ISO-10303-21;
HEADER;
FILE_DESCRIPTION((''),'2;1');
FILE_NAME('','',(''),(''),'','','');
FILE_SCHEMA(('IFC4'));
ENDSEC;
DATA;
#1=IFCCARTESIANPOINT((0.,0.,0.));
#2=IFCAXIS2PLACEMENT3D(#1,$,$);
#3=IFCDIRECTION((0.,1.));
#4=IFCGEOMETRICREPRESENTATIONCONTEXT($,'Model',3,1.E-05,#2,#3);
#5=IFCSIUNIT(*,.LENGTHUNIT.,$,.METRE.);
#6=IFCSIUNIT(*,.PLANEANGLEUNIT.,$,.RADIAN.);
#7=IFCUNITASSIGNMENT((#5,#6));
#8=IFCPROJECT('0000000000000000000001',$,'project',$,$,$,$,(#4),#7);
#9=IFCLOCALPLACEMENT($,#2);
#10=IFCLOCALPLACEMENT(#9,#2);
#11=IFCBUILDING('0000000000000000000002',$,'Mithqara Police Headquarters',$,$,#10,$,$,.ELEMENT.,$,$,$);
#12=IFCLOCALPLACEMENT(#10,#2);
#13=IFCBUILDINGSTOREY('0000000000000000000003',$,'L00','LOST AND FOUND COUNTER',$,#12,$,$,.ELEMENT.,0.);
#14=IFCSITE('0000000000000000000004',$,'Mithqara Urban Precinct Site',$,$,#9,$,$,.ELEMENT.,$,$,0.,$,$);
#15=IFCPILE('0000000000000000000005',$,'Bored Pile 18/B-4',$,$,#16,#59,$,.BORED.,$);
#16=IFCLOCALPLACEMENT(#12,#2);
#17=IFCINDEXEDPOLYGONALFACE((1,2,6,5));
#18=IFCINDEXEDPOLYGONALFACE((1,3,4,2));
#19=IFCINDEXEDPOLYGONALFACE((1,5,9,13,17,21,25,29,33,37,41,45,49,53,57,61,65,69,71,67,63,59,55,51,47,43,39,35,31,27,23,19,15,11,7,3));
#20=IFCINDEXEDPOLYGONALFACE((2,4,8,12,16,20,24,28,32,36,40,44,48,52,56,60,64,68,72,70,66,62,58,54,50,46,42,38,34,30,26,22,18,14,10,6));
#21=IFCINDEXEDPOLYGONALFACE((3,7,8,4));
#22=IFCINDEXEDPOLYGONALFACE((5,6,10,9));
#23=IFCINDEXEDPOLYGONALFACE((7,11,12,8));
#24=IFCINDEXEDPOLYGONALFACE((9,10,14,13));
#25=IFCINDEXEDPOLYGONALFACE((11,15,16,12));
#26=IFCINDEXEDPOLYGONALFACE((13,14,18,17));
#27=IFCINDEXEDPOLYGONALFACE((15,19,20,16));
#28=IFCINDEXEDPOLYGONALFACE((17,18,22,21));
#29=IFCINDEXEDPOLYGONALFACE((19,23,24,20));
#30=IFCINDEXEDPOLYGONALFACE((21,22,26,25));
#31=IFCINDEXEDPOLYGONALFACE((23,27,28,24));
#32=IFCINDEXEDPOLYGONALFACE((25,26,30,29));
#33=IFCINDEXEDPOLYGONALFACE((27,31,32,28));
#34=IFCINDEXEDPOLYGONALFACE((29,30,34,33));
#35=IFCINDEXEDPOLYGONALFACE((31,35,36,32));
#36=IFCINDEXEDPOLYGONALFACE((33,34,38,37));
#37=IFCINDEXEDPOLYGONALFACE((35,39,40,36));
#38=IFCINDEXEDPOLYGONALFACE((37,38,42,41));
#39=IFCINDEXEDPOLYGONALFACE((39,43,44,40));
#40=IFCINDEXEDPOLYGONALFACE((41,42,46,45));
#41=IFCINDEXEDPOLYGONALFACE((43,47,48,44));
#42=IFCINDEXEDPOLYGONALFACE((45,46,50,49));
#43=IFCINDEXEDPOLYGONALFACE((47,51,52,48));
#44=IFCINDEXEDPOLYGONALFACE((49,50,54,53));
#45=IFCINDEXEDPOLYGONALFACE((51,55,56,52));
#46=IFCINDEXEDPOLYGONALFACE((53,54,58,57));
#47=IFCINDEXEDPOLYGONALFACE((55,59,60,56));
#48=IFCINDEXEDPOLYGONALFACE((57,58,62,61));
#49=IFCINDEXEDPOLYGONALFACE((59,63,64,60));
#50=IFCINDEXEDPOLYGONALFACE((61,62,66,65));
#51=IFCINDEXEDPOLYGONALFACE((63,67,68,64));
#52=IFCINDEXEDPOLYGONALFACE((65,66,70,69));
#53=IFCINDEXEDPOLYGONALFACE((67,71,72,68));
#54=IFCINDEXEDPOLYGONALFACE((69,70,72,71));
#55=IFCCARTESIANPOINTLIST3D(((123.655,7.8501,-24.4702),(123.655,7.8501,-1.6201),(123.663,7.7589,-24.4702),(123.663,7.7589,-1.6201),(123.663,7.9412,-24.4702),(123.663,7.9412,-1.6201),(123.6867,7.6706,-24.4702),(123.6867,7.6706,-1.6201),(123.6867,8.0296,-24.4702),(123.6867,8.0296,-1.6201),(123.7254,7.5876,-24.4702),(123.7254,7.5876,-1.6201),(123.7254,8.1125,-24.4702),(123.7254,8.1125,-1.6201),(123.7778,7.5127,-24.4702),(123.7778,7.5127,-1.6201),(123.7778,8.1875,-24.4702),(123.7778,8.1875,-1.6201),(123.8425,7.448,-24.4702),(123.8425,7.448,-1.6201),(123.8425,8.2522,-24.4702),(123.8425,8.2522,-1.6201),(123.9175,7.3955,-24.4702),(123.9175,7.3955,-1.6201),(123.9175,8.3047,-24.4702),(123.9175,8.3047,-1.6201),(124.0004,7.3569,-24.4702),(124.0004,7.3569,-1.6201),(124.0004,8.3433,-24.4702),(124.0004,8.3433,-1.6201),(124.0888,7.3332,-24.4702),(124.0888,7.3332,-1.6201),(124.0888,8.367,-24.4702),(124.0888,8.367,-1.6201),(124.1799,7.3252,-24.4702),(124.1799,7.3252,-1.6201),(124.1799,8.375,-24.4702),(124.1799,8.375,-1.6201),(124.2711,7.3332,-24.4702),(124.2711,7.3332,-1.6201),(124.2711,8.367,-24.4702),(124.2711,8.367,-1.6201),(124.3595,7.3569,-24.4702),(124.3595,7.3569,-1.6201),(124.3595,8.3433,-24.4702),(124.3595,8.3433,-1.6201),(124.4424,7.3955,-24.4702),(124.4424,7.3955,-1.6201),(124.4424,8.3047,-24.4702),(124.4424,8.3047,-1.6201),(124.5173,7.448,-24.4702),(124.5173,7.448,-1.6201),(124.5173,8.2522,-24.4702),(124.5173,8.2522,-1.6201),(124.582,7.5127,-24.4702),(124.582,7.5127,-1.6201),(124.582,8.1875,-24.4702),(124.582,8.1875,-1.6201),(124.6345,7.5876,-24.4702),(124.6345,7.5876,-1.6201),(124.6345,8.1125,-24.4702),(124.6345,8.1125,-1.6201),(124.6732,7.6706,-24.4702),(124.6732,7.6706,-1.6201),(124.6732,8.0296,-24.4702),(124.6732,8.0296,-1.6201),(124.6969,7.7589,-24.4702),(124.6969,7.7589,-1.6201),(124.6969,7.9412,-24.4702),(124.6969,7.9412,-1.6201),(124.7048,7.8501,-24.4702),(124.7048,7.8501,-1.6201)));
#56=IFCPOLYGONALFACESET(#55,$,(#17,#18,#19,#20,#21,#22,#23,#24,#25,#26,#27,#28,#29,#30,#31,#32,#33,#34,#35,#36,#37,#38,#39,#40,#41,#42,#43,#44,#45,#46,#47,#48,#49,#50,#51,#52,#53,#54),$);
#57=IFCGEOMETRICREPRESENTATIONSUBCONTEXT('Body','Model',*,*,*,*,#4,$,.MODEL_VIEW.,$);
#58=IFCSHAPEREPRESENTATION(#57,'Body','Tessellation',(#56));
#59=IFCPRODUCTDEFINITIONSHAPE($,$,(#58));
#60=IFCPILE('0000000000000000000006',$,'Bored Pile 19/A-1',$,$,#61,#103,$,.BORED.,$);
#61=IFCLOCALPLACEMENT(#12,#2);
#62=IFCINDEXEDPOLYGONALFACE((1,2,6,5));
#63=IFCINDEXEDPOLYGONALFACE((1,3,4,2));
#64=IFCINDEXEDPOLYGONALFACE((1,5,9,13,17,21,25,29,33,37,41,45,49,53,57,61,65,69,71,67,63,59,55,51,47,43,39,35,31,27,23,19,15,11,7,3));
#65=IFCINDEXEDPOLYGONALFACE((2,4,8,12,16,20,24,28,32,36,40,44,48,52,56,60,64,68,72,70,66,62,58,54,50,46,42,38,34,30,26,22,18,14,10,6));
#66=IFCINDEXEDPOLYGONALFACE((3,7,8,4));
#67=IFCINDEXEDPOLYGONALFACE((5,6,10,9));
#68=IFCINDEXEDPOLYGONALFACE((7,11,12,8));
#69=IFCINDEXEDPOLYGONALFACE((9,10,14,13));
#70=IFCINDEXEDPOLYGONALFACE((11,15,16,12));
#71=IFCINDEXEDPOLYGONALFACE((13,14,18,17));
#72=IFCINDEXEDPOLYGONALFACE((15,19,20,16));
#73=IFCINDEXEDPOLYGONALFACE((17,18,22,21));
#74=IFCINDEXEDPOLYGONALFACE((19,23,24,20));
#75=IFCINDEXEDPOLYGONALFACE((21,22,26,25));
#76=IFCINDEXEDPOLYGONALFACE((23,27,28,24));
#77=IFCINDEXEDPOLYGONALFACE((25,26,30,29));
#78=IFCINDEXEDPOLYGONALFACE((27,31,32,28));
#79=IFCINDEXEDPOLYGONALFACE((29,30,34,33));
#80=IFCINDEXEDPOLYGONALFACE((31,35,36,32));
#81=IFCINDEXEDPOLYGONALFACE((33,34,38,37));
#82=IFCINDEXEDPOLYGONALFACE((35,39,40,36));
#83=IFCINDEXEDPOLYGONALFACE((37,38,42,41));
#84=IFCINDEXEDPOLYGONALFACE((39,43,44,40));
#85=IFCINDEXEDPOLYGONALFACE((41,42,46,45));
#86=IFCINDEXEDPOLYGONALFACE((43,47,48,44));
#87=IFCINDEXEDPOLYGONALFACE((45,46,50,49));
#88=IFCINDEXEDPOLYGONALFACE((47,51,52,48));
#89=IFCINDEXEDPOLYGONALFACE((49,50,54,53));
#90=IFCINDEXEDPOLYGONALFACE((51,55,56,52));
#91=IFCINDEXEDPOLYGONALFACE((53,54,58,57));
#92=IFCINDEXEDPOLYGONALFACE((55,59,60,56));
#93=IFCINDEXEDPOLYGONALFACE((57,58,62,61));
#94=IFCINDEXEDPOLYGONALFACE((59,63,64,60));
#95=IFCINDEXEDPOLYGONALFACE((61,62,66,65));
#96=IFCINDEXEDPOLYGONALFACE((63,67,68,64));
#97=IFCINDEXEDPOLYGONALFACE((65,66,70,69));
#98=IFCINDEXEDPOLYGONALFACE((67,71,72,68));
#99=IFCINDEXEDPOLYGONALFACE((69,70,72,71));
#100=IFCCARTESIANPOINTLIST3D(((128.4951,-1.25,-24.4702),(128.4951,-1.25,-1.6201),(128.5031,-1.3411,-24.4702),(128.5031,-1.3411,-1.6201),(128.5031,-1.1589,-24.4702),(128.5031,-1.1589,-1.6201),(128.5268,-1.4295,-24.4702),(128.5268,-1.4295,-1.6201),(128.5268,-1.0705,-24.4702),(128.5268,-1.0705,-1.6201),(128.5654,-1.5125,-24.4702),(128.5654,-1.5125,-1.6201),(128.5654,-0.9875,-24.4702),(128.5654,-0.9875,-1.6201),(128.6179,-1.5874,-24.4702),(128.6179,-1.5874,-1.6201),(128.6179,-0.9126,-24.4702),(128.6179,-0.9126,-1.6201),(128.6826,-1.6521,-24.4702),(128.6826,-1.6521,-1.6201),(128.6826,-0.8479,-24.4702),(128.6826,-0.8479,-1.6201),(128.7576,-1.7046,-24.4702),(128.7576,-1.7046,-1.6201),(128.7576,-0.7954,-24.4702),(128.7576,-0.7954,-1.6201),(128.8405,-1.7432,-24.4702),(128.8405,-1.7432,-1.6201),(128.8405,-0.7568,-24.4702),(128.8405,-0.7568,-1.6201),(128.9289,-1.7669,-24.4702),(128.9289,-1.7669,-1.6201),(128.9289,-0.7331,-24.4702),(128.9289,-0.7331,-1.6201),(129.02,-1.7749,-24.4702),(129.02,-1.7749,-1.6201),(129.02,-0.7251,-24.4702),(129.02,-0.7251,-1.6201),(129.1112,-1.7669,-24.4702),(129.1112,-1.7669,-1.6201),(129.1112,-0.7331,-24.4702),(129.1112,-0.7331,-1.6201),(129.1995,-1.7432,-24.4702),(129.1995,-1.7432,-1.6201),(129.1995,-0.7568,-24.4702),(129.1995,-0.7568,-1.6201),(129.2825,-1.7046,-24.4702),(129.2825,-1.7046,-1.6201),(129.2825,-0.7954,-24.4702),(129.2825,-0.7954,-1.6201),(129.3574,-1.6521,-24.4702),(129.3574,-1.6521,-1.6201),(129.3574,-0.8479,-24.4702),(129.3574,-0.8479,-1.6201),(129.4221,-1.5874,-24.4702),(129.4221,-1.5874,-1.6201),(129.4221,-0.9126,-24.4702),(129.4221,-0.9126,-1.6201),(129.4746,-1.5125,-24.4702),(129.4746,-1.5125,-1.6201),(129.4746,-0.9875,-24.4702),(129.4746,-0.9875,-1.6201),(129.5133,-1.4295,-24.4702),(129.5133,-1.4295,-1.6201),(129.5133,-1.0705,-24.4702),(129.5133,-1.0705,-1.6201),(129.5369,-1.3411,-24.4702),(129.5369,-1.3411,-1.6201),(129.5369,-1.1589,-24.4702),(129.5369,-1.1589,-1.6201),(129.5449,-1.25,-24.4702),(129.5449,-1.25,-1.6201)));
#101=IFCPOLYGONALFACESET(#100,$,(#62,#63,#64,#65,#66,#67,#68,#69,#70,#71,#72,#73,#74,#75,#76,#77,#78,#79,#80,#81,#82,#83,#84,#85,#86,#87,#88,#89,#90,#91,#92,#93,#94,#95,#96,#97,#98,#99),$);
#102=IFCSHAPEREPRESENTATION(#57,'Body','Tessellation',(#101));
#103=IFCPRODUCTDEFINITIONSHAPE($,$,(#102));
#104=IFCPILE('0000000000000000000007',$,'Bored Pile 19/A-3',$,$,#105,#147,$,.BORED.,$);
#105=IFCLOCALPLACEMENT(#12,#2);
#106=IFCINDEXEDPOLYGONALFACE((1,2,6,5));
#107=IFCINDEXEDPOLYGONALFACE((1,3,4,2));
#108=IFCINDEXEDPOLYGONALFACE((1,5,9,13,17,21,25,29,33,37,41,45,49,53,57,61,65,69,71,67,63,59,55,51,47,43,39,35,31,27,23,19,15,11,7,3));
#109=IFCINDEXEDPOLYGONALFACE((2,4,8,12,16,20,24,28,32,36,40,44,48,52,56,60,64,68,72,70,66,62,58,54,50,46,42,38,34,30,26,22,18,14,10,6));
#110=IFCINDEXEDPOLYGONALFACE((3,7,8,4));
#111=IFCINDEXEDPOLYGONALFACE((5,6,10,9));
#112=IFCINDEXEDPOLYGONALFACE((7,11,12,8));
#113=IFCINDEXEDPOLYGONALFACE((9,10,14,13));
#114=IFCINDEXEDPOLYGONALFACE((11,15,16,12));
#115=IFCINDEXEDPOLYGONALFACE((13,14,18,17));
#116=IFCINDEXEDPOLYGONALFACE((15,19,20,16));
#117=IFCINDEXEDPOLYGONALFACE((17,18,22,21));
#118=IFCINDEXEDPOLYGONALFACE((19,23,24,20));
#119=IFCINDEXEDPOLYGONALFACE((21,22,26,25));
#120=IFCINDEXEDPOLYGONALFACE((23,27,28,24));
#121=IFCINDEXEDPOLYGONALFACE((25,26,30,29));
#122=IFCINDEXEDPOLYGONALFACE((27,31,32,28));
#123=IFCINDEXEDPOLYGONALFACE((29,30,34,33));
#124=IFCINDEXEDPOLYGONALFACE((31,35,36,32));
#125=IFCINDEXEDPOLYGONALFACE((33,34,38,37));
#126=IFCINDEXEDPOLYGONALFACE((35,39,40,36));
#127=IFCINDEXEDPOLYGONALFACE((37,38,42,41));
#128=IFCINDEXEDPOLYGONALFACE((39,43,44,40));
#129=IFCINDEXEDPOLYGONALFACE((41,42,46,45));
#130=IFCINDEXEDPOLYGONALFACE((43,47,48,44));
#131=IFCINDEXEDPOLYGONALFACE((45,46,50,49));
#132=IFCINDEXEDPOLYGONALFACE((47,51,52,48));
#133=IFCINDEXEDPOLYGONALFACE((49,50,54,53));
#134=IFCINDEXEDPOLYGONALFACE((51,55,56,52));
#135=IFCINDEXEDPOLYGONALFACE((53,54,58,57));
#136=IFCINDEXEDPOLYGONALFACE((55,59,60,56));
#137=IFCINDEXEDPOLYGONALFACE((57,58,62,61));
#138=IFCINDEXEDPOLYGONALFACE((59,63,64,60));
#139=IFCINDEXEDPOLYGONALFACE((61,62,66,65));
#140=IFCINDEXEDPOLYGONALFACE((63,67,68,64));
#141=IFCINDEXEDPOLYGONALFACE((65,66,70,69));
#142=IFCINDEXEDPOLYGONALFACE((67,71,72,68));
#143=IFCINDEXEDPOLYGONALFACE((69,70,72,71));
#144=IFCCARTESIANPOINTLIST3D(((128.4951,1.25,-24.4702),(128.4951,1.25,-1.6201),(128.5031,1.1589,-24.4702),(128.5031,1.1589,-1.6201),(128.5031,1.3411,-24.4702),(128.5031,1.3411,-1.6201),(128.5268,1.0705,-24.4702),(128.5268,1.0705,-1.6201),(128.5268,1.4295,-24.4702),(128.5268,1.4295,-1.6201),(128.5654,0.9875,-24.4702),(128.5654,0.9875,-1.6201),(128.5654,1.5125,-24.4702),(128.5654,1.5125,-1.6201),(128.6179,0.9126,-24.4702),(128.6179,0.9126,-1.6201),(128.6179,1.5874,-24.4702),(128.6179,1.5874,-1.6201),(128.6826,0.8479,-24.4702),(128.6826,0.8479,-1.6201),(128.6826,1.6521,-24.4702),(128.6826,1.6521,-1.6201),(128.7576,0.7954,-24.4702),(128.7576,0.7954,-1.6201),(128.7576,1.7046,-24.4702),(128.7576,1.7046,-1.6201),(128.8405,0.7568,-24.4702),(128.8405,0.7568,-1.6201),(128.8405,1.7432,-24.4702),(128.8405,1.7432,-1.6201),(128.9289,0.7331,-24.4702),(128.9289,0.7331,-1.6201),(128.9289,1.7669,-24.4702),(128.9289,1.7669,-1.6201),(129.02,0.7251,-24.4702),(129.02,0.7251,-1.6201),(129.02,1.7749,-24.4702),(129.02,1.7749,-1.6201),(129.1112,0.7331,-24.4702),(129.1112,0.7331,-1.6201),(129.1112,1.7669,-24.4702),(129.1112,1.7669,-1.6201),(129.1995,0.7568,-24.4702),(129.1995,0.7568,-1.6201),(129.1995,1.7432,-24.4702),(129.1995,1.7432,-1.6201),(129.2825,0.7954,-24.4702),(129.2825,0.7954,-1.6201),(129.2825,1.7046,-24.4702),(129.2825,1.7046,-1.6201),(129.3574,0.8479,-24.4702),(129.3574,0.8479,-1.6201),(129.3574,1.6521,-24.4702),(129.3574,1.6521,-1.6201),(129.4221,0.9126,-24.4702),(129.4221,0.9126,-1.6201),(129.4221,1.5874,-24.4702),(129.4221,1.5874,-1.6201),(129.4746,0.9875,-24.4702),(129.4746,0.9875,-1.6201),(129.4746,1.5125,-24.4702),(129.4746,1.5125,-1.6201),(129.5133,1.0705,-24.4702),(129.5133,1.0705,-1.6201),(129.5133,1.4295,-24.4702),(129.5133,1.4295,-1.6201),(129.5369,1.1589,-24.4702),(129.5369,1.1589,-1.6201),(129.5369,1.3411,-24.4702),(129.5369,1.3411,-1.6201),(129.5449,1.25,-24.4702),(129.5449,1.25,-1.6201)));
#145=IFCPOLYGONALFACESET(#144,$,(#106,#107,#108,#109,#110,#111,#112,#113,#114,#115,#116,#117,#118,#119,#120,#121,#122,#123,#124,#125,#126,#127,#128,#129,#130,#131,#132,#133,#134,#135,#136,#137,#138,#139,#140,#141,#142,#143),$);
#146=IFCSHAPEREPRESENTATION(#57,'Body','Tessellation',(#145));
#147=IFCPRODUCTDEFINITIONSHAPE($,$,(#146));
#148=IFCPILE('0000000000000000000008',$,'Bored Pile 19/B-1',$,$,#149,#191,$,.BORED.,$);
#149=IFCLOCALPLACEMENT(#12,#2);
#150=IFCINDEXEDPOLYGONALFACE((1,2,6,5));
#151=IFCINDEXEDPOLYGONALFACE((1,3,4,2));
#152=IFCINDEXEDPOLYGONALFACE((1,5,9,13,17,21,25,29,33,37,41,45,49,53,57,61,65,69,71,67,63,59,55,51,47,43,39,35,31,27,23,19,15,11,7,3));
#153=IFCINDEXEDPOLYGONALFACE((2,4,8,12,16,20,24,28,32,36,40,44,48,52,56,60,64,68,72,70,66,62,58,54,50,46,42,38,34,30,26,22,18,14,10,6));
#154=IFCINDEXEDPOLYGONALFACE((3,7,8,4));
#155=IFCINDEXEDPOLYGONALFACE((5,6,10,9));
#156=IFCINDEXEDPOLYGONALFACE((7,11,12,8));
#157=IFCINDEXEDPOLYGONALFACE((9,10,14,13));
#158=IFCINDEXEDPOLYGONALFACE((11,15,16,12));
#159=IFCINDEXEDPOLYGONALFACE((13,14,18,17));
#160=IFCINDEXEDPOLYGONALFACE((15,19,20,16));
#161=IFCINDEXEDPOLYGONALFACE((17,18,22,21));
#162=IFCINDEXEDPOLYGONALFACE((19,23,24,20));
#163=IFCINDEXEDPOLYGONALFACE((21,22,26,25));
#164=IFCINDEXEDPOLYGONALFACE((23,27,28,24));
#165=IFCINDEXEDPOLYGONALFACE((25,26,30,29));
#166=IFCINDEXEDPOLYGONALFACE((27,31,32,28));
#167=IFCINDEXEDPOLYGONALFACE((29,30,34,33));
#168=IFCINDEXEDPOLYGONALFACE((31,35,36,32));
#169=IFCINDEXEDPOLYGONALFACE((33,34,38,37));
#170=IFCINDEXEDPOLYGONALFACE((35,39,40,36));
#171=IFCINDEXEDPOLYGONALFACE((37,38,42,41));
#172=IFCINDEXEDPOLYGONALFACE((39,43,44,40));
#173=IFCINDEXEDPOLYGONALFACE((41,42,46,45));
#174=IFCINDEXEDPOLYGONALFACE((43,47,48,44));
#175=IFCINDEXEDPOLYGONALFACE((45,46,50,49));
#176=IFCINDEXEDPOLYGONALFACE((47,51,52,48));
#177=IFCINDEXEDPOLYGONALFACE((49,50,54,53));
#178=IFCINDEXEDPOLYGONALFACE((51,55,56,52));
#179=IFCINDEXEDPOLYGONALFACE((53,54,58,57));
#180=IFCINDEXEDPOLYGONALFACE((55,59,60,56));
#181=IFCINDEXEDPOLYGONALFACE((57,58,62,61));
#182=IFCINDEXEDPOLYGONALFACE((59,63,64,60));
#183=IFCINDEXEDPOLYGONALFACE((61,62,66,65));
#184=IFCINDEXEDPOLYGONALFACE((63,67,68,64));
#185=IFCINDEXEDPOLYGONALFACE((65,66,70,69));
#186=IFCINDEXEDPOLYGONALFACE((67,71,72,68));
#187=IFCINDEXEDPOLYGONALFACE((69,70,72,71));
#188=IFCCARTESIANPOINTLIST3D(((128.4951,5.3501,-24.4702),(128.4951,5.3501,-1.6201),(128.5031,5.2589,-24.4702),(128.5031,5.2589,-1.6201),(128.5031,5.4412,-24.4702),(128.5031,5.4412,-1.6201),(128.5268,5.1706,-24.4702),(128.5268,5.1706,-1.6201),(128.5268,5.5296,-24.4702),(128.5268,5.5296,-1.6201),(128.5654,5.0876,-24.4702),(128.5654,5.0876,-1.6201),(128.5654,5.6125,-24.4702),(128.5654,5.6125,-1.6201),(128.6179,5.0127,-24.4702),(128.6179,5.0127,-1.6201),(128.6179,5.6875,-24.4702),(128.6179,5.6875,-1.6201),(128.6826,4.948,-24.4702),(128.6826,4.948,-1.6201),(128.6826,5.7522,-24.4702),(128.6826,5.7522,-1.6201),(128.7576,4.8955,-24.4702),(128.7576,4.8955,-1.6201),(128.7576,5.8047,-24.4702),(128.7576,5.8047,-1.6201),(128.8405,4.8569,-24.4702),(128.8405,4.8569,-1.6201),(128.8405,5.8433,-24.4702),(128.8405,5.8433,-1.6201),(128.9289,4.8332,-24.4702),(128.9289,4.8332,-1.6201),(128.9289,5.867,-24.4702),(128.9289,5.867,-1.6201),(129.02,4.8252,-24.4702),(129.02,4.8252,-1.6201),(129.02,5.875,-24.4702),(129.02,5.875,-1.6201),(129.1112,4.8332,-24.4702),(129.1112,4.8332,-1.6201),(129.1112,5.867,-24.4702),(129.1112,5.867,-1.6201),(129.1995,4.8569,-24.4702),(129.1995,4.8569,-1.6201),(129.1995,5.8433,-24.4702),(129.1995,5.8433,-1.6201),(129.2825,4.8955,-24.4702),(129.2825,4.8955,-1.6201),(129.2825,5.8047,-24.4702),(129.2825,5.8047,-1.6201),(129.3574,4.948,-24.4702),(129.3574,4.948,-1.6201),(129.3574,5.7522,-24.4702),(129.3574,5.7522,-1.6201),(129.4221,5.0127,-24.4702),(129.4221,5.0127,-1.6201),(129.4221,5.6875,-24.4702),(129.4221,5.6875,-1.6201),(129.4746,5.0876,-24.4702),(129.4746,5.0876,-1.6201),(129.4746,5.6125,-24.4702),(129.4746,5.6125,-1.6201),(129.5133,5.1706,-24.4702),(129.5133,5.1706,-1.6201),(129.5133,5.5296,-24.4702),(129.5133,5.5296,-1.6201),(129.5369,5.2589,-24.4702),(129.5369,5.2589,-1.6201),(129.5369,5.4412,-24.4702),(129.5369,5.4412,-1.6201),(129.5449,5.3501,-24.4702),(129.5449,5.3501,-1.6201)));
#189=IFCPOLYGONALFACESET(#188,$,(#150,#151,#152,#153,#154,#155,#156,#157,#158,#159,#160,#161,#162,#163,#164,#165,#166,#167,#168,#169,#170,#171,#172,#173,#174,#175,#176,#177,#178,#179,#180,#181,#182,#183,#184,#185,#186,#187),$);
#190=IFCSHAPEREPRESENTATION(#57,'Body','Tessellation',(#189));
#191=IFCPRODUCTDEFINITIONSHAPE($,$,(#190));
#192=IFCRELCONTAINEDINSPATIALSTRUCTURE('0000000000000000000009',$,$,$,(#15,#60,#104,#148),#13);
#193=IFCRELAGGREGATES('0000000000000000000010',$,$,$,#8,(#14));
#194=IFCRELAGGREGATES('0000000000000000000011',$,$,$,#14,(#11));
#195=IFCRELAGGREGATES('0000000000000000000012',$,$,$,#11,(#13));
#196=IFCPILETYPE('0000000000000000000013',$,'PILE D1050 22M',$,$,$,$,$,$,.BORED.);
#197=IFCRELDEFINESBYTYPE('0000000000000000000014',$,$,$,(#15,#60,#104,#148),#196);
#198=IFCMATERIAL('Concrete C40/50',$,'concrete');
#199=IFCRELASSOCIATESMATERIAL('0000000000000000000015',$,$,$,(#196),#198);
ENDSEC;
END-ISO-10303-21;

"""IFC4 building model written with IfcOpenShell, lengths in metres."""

from ifc_helpers import new_model, si_unit, direction, frame, origin, origin_2d, place, context, subcontext, project, spatial, circle, extrude, material, material_profile, profile_set, type_object, element, save


model = new_model("IFC4")

# Units and contexts
model_context = context("Model", 3, precision=1e-05, world=origin(), true_north=direction((0.0, 1.0)))
body_context = subcontext(model_context, "Body", "Model", "MODEL_VIEW")
ifc_project = project(units=[si_unit("LENGTHUNIT", "METRE"), si_unit("PLANEANGLEUNIT", "RADIAN")], contexts=[model_context])

# Site, building, storey
site_placement = place(None, origin())
site = spatial("IfcSite", under=ifc_project, at=site_placement, Name="Mithqara Urban Precinct Site", CompositionType="ELEMENT", RefElevation=0.0)
building_placement = place(site_placement, origin())
building = spatial("IfcBuilding", under=site, at=building_placement, Name="Mithqara Police Headquarters", CompositionType="ELEMENT")
storey_placement = place(building_placement, origin())
storey = spatial("IfcBuildingStorey", under=building, at=storey_placement, Name="L00", Description="LOST AND FOUND COUNTER", CompositionType="ELEMENT", Elevation=0.0)

# Shared definitions
ifc_material_1 = material(Name="Concrete C40/50", Category="concrete")

# Piles
ifc_material_profile_1 = material_profile(ifc_material_1, circle(Radius=0.5249, at=origin_2d()), Name="PILE D1050")
ifc_profile_set_1 = profile_set([ifc_material_profile_1], Name="Concrete C40/50")
pile_type = type_object("IfcPileType", Name="PILE D1050 22M", PredefinedType="BORED", material=ifc_profile_set_1)
for number, where, z_axis, x_axis, name in (
    (1, (124.1799, 7.8501, -1.6201), (0.0, 0.0, -1.0), (1.0, 0.0, 0.0), "Bored Pile 18/B-4"),
    (2, (129.02, -1.25, -1.6201), (0.0, 0.0, -1.0), (1.0, 0.0, 0.0), "Bored Pile 19/A-1"),
    (3, (129.02, 1.25, -1.6201), (0.0, 0.0, -1.0), (1.0, 0.0, 0.0), "Bored Pile 19/A-3"),
    (4, (129.02, 5.3501, -1.6201), (0.0, 0.0, -1.0), (1.0, 0.0, 0.0), "Bored Pile 19/B-1"),
):
    element("IfcPile", number, at=place(storey_placement, frame(where, z_axis=z_axis, x_axis=x_axis)), inside=storey, type_object=pile_type, Name=name, PredefinedType="BORED", context=body_context, shape_type="SweptSolid", body=[
        extrude(circle(Radius=0.5249, at=origin_2d()), origin(), (0.0, 0.0, 1.0), 22.8501),
    ])

save(model, "model.ifc")
